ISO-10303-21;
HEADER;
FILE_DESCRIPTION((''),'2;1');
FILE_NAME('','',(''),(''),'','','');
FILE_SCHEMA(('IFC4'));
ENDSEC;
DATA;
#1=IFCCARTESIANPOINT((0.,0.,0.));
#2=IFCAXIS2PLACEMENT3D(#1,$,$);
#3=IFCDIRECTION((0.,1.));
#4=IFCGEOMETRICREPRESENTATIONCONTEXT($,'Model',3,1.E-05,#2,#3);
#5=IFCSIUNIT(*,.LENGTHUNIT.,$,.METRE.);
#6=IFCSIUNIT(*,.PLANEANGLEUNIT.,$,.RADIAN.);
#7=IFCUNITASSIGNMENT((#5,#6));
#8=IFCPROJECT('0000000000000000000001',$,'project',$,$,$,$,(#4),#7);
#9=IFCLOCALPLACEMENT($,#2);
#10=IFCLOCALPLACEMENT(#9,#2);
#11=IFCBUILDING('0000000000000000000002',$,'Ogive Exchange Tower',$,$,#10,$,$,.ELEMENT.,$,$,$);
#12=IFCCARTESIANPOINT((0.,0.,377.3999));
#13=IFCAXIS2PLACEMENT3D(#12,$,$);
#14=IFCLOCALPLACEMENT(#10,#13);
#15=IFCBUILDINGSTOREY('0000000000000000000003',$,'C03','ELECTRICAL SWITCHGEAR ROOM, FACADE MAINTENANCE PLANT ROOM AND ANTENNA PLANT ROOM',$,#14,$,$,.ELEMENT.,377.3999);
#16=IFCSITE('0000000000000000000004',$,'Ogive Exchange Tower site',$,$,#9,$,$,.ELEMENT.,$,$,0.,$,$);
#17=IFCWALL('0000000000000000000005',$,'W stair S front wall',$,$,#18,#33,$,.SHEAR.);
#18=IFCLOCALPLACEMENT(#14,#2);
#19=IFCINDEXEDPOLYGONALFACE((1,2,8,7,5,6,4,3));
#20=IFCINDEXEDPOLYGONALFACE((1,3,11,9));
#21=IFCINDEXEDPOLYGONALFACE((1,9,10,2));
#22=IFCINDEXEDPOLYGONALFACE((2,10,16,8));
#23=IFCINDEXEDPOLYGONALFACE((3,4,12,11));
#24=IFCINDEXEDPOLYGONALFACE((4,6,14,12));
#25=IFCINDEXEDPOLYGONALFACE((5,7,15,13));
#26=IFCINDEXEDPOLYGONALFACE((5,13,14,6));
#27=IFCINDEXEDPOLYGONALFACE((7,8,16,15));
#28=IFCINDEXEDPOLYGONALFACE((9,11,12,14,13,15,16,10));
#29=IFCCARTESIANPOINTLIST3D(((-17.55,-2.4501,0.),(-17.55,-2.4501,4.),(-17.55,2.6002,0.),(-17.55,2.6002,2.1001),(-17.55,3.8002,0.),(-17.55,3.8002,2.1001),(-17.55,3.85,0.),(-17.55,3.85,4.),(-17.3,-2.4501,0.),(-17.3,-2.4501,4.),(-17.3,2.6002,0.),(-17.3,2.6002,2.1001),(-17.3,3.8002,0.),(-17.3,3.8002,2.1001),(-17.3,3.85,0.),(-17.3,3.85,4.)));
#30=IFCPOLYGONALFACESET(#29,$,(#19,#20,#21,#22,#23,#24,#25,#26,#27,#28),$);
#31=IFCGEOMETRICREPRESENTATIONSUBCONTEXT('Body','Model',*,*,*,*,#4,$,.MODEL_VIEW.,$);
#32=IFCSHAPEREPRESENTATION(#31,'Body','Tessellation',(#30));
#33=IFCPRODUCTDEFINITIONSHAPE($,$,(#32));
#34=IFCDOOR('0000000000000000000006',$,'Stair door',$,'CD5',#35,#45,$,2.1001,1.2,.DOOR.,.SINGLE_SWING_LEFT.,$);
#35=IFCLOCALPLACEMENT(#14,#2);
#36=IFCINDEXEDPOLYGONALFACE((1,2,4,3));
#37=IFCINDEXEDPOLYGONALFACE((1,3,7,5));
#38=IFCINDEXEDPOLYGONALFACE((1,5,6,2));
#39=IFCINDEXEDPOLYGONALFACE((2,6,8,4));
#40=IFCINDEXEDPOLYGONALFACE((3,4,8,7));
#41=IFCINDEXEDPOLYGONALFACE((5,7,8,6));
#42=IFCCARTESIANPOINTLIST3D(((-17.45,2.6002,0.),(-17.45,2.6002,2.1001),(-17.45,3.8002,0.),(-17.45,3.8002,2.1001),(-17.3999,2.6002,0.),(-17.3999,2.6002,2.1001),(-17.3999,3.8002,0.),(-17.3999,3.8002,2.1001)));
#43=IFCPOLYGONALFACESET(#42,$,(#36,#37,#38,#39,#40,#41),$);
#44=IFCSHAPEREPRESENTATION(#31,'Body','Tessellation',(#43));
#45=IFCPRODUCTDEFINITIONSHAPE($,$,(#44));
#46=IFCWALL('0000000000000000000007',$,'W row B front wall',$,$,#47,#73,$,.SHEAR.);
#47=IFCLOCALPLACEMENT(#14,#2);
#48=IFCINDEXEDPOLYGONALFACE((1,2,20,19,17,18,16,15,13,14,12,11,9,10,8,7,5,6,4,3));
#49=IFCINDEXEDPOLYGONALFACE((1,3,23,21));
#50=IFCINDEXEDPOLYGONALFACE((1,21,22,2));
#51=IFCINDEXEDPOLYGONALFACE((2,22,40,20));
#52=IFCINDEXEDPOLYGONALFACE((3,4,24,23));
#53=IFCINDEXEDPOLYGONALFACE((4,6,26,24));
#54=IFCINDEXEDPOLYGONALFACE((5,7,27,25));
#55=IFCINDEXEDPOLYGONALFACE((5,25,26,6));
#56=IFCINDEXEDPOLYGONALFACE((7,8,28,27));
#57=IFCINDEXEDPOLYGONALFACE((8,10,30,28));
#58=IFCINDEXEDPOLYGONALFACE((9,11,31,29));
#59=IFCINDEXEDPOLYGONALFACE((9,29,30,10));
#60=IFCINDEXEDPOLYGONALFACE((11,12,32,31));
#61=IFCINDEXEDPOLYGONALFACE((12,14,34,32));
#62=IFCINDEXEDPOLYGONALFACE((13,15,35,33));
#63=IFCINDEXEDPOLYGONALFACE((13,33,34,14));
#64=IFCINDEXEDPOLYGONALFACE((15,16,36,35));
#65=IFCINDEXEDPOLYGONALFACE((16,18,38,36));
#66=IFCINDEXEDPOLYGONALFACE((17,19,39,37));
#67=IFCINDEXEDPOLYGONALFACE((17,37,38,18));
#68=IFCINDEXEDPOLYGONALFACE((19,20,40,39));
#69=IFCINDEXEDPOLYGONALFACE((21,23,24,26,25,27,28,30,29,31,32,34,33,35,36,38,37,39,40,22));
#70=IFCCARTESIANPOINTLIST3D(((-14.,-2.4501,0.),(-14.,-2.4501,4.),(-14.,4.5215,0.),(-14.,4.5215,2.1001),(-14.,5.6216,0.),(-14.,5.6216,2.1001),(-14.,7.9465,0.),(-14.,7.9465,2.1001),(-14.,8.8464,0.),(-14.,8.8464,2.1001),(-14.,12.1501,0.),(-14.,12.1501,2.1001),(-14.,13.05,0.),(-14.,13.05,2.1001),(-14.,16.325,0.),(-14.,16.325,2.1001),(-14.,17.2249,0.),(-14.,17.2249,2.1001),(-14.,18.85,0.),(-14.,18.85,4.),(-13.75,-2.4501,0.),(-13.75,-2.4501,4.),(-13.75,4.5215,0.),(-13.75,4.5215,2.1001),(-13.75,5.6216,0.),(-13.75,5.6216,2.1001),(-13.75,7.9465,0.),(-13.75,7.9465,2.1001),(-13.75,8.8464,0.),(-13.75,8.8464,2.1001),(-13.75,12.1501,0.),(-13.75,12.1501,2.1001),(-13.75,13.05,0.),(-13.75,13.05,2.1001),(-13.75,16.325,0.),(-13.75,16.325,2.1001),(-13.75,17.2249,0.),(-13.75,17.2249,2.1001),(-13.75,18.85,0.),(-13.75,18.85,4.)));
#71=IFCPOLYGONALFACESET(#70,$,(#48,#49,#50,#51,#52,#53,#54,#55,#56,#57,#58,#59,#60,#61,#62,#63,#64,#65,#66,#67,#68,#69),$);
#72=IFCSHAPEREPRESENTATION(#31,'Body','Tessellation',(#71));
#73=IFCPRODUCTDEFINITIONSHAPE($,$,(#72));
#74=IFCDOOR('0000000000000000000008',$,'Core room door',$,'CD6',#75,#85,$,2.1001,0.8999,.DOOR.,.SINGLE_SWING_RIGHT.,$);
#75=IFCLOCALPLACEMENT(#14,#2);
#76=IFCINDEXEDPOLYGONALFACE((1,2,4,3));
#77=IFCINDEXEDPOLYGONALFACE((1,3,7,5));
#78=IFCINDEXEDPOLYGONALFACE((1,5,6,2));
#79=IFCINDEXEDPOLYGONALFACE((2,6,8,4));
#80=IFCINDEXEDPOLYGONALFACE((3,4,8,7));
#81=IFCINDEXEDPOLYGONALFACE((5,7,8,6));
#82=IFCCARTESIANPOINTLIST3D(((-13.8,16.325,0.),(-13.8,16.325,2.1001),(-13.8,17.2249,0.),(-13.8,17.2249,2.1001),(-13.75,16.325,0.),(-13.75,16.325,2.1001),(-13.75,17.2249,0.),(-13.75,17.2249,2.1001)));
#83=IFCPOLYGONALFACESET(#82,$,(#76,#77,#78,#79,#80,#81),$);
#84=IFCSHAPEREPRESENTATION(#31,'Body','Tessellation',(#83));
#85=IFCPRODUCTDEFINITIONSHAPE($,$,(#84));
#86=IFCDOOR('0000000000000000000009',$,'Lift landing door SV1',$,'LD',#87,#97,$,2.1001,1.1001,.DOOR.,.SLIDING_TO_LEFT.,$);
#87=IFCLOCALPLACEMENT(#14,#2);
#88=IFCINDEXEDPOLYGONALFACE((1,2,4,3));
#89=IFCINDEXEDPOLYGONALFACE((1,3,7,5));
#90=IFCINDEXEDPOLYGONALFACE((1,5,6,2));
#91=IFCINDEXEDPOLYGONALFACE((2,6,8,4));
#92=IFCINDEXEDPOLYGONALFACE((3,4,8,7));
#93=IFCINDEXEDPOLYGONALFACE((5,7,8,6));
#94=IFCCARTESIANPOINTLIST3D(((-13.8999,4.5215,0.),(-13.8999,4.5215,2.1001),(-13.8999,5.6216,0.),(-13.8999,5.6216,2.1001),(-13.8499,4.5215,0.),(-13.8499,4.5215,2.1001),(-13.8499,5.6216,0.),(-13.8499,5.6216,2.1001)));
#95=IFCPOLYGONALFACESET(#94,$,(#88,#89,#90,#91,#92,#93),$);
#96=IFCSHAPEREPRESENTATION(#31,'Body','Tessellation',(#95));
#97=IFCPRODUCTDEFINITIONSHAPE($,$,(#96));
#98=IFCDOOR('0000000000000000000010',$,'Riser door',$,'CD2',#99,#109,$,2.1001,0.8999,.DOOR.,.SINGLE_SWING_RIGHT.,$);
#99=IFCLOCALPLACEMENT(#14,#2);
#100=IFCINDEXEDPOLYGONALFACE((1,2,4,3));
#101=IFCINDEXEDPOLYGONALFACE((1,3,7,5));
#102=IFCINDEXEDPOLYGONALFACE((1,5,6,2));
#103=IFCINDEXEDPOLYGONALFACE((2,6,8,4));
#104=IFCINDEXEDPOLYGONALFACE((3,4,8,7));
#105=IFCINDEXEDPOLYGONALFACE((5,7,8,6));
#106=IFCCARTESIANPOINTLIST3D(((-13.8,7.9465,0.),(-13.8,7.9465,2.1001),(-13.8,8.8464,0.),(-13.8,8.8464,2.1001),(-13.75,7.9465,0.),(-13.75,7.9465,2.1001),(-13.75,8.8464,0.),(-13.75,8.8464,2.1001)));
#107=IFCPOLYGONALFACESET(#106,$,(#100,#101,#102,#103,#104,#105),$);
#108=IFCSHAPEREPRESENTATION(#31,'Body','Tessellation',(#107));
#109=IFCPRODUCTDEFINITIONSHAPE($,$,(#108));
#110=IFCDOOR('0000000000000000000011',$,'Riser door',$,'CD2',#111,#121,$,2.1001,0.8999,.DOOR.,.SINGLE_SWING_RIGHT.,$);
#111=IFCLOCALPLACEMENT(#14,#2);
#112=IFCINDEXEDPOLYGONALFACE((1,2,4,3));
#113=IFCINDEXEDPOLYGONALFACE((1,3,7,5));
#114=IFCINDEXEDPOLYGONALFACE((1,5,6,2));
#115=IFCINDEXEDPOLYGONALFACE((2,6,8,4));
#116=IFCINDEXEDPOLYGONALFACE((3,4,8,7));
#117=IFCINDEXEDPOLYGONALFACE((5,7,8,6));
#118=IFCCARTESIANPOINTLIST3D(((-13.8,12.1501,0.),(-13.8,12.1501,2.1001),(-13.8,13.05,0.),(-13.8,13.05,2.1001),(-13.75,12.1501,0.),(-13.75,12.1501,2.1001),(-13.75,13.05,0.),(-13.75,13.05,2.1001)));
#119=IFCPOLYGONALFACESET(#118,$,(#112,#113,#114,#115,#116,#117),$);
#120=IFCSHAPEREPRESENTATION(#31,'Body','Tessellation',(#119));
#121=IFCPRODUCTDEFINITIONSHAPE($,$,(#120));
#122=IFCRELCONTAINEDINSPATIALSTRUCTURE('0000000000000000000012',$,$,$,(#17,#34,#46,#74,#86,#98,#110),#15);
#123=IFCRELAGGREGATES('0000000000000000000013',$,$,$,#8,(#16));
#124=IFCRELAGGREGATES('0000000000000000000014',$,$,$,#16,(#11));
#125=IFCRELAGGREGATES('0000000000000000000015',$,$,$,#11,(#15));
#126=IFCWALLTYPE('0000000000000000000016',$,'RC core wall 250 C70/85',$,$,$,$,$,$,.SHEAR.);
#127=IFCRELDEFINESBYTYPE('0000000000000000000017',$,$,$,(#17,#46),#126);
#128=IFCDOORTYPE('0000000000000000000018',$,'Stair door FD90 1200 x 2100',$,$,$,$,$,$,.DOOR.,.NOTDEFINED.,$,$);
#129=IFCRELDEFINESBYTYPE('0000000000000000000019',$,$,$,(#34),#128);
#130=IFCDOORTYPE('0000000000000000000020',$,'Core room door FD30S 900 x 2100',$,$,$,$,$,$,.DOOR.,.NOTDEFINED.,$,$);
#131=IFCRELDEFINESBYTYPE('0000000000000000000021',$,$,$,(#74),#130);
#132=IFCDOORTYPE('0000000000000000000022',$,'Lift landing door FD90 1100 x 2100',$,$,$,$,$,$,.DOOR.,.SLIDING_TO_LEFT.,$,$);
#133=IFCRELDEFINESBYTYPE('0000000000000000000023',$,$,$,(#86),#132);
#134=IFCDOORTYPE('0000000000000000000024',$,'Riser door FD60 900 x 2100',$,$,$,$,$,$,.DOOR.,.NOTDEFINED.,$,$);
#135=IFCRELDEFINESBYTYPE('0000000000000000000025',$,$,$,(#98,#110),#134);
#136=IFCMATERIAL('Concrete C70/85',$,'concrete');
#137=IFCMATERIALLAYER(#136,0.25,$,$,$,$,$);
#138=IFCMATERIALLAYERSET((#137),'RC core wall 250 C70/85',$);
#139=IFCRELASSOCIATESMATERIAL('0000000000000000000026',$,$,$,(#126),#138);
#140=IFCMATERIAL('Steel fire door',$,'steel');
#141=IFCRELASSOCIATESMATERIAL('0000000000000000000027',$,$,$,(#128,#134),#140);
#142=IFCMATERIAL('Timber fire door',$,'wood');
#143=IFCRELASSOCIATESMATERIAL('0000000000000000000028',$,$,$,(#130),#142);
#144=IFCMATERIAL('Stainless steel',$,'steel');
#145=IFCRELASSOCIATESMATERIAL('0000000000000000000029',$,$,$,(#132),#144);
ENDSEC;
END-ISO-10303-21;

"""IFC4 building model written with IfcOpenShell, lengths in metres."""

from ifc_helpers import new_model, si_unit, direction, frame, frame_2d, origin, place, context, subcontext, project, spatial, rectangle, extrude, material, layer, layer_set, type_object, element, fill, save


model = new_model("IFC4")

# Units and contexts
model_context = context("Model", 3, precision=1e-05, world=origin(), true_north=direction((0.0, 1.0)))
body_context = subcontext(model_context, "Body", "Model", "MODEL_VIEW")
ifc_project = project(units=[si_unit("LENGTHUNIT", "METRE"), si_unit("PLANEANGLEUNIT", "RADIAN")], contexts=[model_context])

# Site, building, storey
site_placement = place(None, origin())
site = spatial("IfcSite", under=ifc_project, at=site_placement, Name="Ogive Exchange Tower site", CompositionType="ELEMENT", RefElevation=0.0)
building_placement = place(site_placement, origin())
building = spatial("IfcBuilding", under=site, at=building_placement, Name="Ogive Exchange Tower", CompositionType="ELEMENT")
storey_placement = place(building_placement, frame((0.0, 0.0, 377.3999)))
storey = spatial("IfcBuildingStorey", under=building, at=storey_placement, Name="C03", Description="ELECTRICAL SWITCHGEAR ROOM, FACADE MAINTENANCE PLANT ROOM AND ANTENNA PLANT ROOM", CompositionType="ELEMENT", Elevation=377.3999)

# Wall, opening, door
ifc_material_1 = material(Name="Concrete C70/85", Category="concrete")
ifc_layer_1 = layer(ifc_material_1, 0.25)
ifc_layer_set_1 = layer_set([ifc_layer_1], Name="RC core wall 250 C70/85")
wall_type_1 = type_object("IfcWallType", Name="RC core wall 250 C70/85", PredefinedType="SHEAR", material=ifc_layer_set_1)
wall_1_placement = place(storey_placement, frame((-17.425, -2.45, 0.0), z_axis=(0.0, 0.0, 1.0), x_axis=(0.0, 1.0, 0.0)))
wall_1 = element("IfcWall", 1, at=wall_1_placement, inside=storey, type_object=wall_type_1, Name="W stair S front wall", PredefinedType="SHEAR", context=body_context, shape_type="SweptSolid", body=[
    extrude(rectangle(XDim=6.3, YDim=0.25, at=frame_2d((3.1499, 0.0))), origin(), (0.0, 0.0, 1.0), 4.0),
])
opening_1_placement = place(wall_1_placement, frame((5.05, 0.0, 0.0)))
opening_1 = element("IfcOpeningElement", 2, at=opening_1_placement, cuts=wall_1, PredefinedType="OPENING", context=body_context, shape_type="SweptSolid", body=[
    extrude(rectangle(XDim=1.2, YDim=2.1001, at=frame_2d((0.6001, 1.05))), frame((0.0, 0.135, 0.0), z_axis=(0.0, -1.0, 0.0), x_axis=(1.0, 0.0, 0.0)), (0.0, 0.0, 1.0), 0.27),
])
ifc_material_2 = material(Name="Steel fire door", Category="steel")
door_type_1 = type_object("IfcDoorType", Name="Stair door FD90 1200 x 2100", OperationType="NOTDEFINED", PredefinedType="DOOR", material=ifc_material_2)
door_1_placement = place(opening_1_placement, origin())
door_1 = element("IfcDoor", 3, at=door_1_placement, inside=storey, type_object=door_type_1, Name="Stair door", ObjectType="CD5", OperationType="SINGLE_SWING_LEFT", OverallHeight=2.1001, OverallWidth=1.2, PredefinedType="DOOR", context=body_context, shape_type="SweptSolid", body=[
    extrude(rectangle(XDim=1.2, YDim=2.1001, at=frame_2d((0.6001, 1.05))), frame((0.0, 0.0249, 0.0), z_axis=(0.0, -1.0, 0.0), x_axis=(1.0, 0.0, 0.0)), (0.0, 0.0, 1.0), 0.05),
])
fill(opening_1, door_1)

# Wall, openings, doors
wall_2_placement = place(storey_placement, frame((-13.875, -2.45, 0.0), z_axis=(0.0, 0.0, 1.0), x_axis=(0.0, 1.0, 0.0)))
wall_2 = element("IfcWall", 4, at=wall_2_placement, inside=storey, type_object=wall_type_1, Name="W row B front wall", PredefinedType="SHEAR", context=body_context, shape_type="SweptSolid", body=[
    extrude(rectangle(XDim=21.3, YDim=0.25, at=frame_2d((10.6499, 0.0))), origin(), (0.0, 0.0, 1.0), 4.0),
])
opening_2_placement = place(wall_2_placement, frame((10.3965, 0.0, 0.0)))
opening_2 = element("IfcOpeningElement", 5, at=opening_2_placement, cuts=wall_2, PredefinedType="OPENING", context=body_context, shape_type="SweptSolid", body=[
    extrude(rectangle(XDim=0.8999, YDim=2.1001, at=frame_2d((0.45, 1.05))), frame((0.0, 0.135, 0.0), z_axis=(0.0, -1.0, 0.0), x_axis=(1.0, 0.0, 0.0)), (0.0, 0.0, 1.0), 0.27),
])
opening_3_placement = place(wall_2_placement, frame((14.6001, 0.0, 0.0)))
opening_3 = element("IfcOpeningElement", 6, at=opening_3_placement, cuts=wall_2, PredefinedType="OPENING", context=body_context, shape_type="SweptSolid", body=[
    extrude(rectangle(XDim=0.8999, YDim=2.1001, at=frame_2d((0.45, 1.05))), frame((0.0, 0.135, 0.0), z_axis=(0.0, -1.0, 0.0), x_axis=(1.0, 0.0, 0.0)), (0.0, 0.0, 1.0), 0.27),
])
opening_4_placement = place(wall_2_placement, frame((18.7749, 0.0, 0.0)))
opening_4 = element("IfcOpeningElement", 7, at=opening_4_placement, cuts=wall_2, PredefinedType="OPENING", context=body_context, shape_type="SweptSolid", body=[
    extrude(rectangle(XDim=0.8999, YDim=2.1001, at=frame_2d((0.45, 1.05))), frame((0.0, 0.135, 0.0), z_axis=(0.0, -1.0, 0.0), x_axis=(1.0, 0.0, 0.0)), (0.0, 0.0, 1.0), 0.27),
])
opening_5_placement = place(wall_2_placement, frame((6.9714, 0.0, 0.0)))
opening_5 = element("IfcOpeningElement", 8, at=opening_5_placement, cuts=wall_2, PredefinedType="OPENING", context=body_context, shape_type="SweptSolid", body=[
    extrude(rectangle(XDim=1.1001, YDim=2.1001, at=frame_2d((0.55, 1.05))), frame((0.0, 0.135, 0.0), z_axis=(0.0, -1.0, 0.0), x_axis=(1.0, 0.0, 0.0)), (0.0, 0.0, 1.0), 0.27),
])
ifc_material_3 = material(Name="Timber fire door", Category="wood")
door_type_2 = type_object("IfcDoorType", Name="Core room door FD30S 900 x 2100", OperationType="NOTDEFINED", PredefinedType="DOOR", material=ifc_material_3)
door_2_placement = place(opening_4_placement, frame((0.8999, -0.2002, 0.0), z_axis=(0.0, 0.0, 1.0), x_axis=(-1.0, 0.0, 0.0)))
door_2 = element("IfcDoor", 9, at=door_2_placement, inside=storey, type_object=door_type_2, Name="Core room door", ObjectType="CD6", OperationType="SINGLE_SWING_RIGHT", OverallHeight=2.1001, OverallWidth=0.8999, PredefinedType="DOOR", context=body_context, shape_type="SweptSolid", body=[
    extrude(rectangle(XDim=0.8999, YDim=2.1001, at=frame_2d((0.45, 1.05))), frame((0.0, -0.0752, 0.0), z_axis=(0.0, -1.0, 0.0), x_axis=(1.0, 0.0, 0.0)), (0.0, 0.0, 1.0), 0.05),
])
fill(opening_4, door_2)
ifc_material_4 = material(Name="Stainless steel", Category="steel")
door_type_3 = type_object("IfcDoorType", Name="Lift landing door FD90 1100 x 2100", OperationType="SLIDING_TO_LEFT", PredefinedType="DOOR", material=ifc_material_4)
door_3_placement = place(opening_5_placement, origin())
door_3 = element("IfcDoor", 10, at=door_3_placement, inside=storey, type_object=door_type_3, Name="Lift landing door SV1", ObjectType="LD", OperationType="SLIDING_TO_LEFT", OverallHeight=2.1001, OverallWidth=1.1001, PredefinedType="DOOR", context=body_context, shape_type="SweptSolid", body=[
    extrude(rectangle(XDim=1.1001, YDim=2.1001, at=frame_2d((0.55, 1.05))), frame((0.0, 0.0249, 0.0), z_axis=(0.0, -1.0, 0.0), x_axis=(1.0, 0.0, 0.0)), (0.0, 0.0, 1.0), 0.05),
])
fill(opening_5, door_3)
door_type_4 = type_object("IfcDoorType", Name="Riser door FD60 900 x 2100", OperationType="NOTDEFINED", PredefinedType="DOOR", material=ifc_material_2)
door_4_placement = place(opening_2_placement, frame((0.8999, -0.2002, 0.0), z_axis=(0.0, 0.0, 1.0), x_axis=(-1.0, 0.0, 0.0)))
door_4 = element("IfcDoor", 11, at=door_4_placement, inside=storey, type_object=door_type_4, Name="Riser door", ObjectType="CD2", OperationType="SINGLE_SWING_RIGHT", OverallHeight=2.1001, OverallWidth=0.8999, PredefinedType="DOOR", context=body_context, shape_type="SweptSolid", body=[
    extrude(rectangle(XDim=0.8999, YDim=2.1001, at=frame_2d((0.45, 1.05))), frame((0.0, -0.0752, 0.0), z_axis=(0.0, -1.0, 0.0), x_axis=(1.0, 0.0, 0.0)), (0.0, 0.0, 1.0), 0.05),
])
fill(opening_2, door_4)
door_5_placement = place(opening_3_placement, frame((0.8999, -0.2002, 0.0), z_axis=(0.0, 0.0, 1.0), x_axis=(-1.0, 0.0, 0.0)))
door_5 = element("IfcDoor", 12, at=door_5_placement, inside=storey, type_object=door_type_4, Name="Riser door", ObjectType="CD2", OperationType="SINGLE_SWING_RIGHT", OverallHeight=2.1001, OverallWidth=0.8999, PredefinedType="DOOR", context=body_context, shape_type="SweptSolid", body=[
    extrude(rectangle(XDim=0.8999, YDim=2.1001, at=frame_2d((0.45, 1.05))), frame((0.0, -0.0752, 0.0), z_axis=(0.0, -1.0, 0.0), x_axis=(1.0, 0.0, 0.0)), (0.0, 0.0, 1.0), 0.05),
])
fill(opening_3, door_5)

save(model, "model.ifc")
